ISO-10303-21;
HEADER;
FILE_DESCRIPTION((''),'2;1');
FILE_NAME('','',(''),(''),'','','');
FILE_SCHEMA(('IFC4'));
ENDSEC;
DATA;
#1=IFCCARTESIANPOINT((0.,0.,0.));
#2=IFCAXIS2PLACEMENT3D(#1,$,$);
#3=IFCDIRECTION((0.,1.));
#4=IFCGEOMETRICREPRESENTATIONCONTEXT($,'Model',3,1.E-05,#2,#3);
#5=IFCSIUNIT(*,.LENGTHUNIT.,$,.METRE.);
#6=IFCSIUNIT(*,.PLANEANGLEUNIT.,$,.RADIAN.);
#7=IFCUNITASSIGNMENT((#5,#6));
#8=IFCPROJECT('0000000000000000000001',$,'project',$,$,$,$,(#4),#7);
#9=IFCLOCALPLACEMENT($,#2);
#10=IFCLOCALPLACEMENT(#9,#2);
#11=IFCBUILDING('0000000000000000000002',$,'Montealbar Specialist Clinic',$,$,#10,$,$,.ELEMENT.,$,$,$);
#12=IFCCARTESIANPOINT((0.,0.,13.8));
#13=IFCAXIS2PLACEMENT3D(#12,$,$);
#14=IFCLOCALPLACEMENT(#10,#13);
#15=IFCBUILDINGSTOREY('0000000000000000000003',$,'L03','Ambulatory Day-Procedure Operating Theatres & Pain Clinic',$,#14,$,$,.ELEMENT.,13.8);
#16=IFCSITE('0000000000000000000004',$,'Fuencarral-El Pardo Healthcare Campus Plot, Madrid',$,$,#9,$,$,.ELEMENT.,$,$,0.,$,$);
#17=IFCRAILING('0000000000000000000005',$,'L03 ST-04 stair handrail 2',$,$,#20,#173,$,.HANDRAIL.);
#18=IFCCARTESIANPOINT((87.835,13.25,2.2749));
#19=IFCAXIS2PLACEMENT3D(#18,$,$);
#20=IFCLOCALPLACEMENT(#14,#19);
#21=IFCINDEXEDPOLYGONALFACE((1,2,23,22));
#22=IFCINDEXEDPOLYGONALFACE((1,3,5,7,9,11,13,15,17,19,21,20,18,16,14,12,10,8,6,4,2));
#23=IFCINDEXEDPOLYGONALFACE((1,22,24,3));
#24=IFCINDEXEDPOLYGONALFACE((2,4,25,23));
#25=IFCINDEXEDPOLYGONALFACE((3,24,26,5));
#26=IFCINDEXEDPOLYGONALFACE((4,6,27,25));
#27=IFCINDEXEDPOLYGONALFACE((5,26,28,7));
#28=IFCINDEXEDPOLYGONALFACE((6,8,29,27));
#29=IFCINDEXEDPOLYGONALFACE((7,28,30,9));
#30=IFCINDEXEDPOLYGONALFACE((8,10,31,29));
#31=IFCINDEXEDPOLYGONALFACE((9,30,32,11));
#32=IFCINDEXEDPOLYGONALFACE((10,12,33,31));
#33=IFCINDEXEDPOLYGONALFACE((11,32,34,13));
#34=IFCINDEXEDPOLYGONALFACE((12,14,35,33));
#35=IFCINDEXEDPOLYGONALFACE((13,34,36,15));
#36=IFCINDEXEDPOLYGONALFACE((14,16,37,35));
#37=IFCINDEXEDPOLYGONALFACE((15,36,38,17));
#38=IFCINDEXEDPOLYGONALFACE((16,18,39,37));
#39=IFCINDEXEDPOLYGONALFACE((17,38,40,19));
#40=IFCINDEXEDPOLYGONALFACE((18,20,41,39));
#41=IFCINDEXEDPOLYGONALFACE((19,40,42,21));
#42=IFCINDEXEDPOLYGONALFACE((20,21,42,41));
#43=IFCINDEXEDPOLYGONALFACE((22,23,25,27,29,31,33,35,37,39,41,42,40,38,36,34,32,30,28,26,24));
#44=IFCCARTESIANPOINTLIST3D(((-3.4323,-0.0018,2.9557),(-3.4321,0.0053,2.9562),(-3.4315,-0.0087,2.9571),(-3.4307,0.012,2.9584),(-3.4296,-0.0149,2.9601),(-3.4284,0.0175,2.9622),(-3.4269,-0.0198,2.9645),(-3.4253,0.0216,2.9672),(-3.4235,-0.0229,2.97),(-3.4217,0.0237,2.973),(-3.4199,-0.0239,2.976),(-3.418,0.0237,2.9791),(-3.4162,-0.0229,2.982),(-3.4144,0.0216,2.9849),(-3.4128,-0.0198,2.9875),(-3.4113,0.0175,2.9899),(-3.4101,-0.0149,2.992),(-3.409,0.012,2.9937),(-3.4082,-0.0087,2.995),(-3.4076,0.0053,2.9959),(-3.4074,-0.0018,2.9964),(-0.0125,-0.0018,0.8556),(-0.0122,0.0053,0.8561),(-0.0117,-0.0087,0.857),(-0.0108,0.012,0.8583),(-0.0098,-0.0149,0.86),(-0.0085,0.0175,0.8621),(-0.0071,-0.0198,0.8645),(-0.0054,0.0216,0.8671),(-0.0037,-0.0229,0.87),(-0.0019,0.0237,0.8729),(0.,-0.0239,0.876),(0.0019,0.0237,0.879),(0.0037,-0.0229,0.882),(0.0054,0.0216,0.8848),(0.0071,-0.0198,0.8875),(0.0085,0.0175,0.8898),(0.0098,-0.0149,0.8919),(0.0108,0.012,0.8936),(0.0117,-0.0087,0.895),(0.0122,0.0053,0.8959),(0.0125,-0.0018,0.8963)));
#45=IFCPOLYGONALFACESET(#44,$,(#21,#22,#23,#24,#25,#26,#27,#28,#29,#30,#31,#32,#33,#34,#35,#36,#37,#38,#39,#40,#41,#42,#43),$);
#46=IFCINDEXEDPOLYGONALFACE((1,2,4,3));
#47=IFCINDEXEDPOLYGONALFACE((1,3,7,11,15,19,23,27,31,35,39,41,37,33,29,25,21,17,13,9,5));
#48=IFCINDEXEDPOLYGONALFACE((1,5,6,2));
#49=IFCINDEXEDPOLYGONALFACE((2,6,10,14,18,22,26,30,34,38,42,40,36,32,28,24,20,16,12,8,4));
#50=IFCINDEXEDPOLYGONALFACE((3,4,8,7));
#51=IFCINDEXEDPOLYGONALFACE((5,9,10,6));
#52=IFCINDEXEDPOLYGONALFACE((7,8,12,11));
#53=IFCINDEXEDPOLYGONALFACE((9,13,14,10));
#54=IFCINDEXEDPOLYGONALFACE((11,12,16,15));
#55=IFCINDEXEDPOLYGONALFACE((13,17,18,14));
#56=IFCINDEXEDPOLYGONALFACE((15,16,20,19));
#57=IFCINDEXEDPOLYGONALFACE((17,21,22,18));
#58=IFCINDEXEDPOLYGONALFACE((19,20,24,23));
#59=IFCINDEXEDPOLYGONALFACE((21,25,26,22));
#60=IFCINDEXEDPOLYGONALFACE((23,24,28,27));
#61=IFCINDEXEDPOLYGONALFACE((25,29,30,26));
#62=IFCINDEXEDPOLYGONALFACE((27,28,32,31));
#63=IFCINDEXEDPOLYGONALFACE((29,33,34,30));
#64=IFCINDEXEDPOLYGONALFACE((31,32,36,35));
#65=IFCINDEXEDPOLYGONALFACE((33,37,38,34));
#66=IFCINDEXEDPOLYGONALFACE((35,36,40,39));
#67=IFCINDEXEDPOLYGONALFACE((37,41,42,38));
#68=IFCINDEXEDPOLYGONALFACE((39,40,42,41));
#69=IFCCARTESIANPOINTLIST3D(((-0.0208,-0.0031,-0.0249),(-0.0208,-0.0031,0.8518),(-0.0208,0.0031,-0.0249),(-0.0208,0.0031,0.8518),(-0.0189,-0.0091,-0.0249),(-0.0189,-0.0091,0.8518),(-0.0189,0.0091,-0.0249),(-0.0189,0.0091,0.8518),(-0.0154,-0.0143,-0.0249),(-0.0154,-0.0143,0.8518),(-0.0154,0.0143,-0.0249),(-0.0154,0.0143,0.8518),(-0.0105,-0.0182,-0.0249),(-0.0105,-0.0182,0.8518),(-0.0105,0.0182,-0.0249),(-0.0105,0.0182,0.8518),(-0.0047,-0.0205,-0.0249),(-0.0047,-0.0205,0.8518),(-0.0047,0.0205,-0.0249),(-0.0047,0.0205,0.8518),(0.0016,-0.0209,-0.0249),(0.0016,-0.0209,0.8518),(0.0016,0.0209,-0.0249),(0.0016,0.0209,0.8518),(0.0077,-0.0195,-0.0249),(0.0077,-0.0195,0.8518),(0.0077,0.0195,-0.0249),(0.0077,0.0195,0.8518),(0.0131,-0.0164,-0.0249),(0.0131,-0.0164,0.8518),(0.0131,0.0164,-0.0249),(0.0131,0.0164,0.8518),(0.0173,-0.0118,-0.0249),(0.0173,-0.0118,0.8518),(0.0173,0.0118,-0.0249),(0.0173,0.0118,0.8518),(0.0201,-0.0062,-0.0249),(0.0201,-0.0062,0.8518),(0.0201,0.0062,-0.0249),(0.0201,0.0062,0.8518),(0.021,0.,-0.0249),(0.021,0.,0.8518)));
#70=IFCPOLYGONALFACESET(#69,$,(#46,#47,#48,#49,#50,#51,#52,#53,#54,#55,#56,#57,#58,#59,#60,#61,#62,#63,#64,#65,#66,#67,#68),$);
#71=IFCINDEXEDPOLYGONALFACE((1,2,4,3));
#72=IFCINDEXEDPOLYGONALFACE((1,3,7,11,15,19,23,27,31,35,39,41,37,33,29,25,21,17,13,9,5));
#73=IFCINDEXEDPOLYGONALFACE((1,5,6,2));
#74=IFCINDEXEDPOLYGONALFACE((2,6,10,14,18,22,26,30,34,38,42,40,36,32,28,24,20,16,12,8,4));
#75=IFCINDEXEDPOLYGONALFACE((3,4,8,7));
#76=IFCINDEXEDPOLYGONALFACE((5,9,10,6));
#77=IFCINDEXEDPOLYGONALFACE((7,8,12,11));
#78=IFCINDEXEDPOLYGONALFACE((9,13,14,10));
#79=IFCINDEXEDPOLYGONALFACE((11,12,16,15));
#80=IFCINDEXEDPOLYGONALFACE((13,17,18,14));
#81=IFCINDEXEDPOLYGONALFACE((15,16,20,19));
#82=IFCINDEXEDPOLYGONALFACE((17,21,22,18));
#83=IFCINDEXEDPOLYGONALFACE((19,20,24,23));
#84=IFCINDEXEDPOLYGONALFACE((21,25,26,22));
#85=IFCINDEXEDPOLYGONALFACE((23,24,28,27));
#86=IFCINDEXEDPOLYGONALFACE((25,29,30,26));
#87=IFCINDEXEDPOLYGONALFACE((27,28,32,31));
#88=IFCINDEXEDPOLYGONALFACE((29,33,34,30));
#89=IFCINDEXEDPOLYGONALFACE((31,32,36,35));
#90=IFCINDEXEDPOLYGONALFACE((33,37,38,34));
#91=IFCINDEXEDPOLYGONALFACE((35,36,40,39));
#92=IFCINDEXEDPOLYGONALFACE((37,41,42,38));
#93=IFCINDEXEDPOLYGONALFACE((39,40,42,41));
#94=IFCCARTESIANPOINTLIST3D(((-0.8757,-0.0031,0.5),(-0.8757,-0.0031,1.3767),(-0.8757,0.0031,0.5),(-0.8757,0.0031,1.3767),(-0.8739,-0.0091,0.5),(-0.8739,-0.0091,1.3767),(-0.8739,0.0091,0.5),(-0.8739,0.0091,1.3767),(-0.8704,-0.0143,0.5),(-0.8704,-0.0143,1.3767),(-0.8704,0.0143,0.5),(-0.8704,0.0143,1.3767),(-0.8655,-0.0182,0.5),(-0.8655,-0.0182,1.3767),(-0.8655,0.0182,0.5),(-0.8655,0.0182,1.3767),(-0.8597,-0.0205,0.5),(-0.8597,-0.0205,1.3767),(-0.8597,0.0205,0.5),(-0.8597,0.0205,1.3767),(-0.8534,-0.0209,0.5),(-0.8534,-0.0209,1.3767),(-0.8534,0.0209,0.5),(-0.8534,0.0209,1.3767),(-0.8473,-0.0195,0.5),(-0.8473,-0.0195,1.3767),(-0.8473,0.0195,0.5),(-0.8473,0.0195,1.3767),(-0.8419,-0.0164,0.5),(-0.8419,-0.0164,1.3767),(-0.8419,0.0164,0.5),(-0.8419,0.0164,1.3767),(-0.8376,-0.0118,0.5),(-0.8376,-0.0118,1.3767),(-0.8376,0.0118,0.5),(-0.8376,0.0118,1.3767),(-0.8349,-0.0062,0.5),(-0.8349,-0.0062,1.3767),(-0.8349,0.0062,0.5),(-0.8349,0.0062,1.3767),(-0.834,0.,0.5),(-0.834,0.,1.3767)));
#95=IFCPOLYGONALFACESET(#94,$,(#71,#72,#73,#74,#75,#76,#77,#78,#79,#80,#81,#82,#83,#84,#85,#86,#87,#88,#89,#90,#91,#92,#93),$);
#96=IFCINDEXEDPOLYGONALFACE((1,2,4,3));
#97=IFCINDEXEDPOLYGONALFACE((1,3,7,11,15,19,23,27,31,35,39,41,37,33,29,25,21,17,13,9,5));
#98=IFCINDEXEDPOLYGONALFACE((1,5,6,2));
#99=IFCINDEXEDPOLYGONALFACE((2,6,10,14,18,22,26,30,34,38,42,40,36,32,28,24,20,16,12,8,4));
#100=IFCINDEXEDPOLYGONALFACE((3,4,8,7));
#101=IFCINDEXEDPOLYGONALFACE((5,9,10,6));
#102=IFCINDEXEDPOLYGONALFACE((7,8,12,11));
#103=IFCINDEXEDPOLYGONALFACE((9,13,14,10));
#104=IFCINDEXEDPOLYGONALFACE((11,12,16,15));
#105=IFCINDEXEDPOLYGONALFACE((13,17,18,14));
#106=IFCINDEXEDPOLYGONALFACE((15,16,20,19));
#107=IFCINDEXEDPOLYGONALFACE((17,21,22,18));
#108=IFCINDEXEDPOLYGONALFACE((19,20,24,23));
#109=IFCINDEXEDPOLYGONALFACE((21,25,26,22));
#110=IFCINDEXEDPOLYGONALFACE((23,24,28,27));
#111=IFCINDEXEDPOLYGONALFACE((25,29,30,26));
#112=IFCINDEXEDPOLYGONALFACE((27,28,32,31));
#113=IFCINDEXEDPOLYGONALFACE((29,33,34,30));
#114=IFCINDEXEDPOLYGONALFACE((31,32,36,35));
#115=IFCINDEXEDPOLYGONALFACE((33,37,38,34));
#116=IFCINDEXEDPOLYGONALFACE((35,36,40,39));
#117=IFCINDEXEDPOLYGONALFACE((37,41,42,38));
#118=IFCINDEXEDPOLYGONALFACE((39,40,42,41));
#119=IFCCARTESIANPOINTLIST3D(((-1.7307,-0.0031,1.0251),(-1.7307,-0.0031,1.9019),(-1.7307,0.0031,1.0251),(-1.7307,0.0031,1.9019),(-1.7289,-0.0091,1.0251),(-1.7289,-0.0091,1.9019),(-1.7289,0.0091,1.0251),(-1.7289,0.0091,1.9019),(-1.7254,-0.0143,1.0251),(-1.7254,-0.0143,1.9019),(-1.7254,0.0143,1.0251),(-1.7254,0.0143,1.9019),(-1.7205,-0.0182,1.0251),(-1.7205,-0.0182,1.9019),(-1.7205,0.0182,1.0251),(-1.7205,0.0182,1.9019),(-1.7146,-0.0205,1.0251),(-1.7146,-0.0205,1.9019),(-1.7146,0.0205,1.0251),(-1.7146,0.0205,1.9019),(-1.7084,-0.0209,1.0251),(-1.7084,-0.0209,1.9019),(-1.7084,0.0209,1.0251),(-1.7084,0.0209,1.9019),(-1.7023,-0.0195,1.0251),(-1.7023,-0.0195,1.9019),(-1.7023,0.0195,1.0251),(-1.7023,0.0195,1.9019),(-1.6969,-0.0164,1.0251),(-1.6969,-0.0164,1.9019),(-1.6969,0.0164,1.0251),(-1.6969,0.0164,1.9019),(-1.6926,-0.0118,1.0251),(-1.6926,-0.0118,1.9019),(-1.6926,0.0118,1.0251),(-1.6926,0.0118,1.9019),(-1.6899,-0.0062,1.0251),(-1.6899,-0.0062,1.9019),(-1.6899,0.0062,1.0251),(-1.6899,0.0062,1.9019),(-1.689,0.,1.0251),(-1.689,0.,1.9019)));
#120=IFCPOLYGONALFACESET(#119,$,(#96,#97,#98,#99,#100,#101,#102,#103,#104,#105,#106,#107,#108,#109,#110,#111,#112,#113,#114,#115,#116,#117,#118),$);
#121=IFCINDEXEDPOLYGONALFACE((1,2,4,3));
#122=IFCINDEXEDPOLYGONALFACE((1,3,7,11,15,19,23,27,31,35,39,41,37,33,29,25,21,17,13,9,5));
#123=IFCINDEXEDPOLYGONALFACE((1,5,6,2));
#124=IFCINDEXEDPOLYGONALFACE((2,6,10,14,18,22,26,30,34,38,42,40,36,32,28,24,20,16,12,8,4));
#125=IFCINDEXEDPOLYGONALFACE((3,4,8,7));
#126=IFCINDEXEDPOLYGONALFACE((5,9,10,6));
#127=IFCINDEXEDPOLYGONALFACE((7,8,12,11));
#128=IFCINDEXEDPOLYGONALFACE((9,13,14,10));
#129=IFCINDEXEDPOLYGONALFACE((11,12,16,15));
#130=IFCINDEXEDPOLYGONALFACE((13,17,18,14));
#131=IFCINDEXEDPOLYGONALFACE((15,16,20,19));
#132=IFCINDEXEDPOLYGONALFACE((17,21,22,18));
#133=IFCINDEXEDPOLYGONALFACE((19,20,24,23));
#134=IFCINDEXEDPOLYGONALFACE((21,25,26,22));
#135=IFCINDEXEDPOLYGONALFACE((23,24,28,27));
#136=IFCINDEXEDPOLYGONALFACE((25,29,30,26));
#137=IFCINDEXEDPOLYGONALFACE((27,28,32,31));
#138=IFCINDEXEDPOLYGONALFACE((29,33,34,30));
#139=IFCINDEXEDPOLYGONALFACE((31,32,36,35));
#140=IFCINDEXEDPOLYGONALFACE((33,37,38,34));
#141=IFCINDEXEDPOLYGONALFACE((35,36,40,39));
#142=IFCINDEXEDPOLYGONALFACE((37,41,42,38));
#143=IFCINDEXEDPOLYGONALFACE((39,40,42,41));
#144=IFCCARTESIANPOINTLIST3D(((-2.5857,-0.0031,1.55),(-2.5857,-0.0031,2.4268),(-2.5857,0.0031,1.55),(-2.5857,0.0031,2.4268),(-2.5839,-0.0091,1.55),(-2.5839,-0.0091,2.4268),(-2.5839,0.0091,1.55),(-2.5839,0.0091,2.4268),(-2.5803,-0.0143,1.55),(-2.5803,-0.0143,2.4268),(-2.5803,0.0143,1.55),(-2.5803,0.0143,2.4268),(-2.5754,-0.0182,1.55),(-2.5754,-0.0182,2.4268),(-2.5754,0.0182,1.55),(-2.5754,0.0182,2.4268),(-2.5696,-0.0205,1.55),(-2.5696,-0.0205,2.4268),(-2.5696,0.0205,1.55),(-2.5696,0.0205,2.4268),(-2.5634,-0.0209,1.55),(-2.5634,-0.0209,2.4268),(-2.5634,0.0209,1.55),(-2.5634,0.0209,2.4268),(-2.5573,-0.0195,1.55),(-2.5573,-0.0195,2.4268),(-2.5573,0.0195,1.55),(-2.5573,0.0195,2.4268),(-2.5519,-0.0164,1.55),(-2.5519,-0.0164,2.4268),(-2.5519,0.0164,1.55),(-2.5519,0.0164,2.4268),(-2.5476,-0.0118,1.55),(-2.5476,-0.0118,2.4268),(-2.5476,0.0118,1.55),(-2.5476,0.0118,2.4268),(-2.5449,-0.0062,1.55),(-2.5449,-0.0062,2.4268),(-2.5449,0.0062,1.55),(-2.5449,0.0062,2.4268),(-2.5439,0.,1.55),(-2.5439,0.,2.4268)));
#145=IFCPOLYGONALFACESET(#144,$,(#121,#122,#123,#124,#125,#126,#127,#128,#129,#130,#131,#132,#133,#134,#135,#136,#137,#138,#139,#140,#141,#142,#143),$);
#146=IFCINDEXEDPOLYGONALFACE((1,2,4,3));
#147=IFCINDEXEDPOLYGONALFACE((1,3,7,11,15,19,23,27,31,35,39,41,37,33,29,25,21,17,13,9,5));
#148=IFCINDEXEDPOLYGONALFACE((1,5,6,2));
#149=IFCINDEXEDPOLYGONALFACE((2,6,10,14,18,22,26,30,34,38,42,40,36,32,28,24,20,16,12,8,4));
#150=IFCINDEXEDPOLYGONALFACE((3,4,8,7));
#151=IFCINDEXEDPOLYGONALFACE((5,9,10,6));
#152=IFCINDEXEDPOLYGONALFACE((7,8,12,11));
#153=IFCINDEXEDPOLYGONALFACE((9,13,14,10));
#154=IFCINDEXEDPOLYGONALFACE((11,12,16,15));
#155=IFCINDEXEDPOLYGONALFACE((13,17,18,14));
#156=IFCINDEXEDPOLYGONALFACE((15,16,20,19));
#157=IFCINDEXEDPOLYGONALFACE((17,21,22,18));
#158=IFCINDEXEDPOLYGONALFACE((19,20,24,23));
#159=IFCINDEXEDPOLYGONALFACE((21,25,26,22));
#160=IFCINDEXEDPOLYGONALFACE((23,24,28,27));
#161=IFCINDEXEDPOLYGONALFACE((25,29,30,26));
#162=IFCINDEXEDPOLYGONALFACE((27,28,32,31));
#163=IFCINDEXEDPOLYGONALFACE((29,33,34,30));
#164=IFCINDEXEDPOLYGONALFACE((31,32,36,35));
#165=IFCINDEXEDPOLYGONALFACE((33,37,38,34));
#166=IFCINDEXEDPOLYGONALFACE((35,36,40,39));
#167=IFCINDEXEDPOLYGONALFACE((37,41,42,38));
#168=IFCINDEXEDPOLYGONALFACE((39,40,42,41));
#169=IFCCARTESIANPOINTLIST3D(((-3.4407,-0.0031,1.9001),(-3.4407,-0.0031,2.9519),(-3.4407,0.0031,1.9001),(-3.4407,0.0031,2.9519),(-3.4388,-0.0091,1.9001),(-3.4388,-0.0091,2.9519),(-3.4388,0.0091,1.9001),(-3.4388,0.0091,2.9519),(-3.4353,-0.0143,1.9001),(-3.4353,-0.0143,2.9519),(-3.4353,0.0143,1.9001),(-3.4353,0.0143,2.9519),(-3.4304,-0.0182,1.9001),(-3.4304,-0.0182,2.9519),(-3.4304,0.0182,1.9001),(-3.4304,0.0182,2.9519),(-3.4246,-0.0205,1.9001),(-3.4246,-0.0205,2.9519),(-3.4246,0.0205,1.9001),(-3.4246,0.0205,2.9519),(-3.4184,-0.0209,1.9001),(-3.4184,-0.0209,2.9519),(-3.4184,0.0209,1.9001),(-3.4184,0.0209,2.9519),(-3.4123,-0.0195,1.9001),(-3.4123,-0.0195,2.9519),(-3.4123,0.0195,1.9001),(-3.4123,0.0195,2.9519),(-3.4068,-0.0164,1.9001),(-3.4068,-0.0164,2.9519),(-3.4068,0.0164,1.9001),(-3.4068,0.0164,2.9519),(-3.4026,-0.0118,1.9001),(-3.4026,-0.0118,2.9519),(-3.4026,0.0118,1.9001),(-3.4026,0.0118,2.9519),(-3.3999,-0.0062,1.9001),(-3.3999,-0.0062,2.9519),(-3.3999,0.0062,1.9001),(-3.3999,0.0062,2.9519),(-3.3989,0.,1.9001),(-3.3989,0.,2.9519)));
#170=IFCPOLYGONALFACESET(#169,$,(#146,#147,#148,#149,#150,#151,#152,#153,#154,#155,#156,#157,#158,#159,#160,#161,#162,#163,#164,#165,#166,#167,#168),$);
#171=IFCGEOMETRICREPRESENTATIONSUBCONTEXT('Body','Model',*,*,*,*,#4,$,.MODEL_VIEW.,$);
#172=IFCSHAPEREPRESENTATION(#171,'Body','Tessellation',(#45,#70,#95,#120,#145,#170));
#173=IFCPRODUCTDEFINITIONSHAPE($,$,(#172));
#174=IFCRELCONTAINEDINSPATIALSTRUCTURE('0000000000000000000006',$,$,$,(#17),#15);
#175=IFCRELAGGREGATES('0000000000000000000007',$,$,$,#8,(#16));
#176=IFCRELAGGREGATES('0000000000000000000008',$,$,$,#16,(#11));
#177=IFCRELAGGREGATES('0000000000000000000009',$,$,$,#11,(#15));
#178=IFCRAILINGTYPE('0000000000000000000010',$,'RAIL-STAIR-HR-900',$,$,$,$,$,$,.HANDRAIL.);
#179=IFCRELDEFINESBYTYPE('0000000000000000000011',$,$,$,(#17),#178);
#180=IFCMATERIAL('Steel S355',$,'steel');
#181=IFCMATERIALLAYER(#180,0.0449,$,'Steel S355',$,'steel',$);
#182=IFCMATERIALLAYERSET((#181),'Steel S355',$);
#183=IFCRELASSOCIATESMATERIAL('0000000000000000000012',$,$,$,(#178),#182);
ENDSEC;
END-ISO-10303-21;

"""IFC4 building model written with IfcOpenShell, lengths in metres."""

from ifc_helpers import new_model, si_unit, direction, frame, origin, origin_2d, place, context, subcontext, project, spatial, circle, extrude, material, layer, layer_set, type_object, element, save


model = new_model("IFC4")

# Units and contexts
model_context = context("Model", 3, precision=1e-05, world=origin(), true_north=direction((0.0, 1.0)))
body_context = subcontext(model_context, "Body", "Model", "MODEL_VIEW")
ifc_project = project(units=[si_unit("LENGTHUNIT", "METRE"), si_unit("PLANEANGLEUNIT", "RADIAN")], contexts=[model_context])

# Site, building, storey
site_placement = place(None, origin())
site = spatial("IfcSite", under=ifc_project, at=site_placement, Name="Fuencarral-El Pardo Healthcare Campus Plot, Madrid", CompositionType="ELEMENT", RefElevation=0.0)
building_placement = place(site_placement, origin())
building = spatial("IfcBuilding", under=site, at=building_placement, Name="Montealbar Specialist Clinic", CompositionType="ELEMENT")
storey_placement = place(building_placement, frame((0.0, 0.0, 13.8)))
storey = spatial("IfcBuildingStorey", under=building, at=storey_placement, Name="L03", Description="Ambulatory Day-Procedure Operating Theatres & Pain Clinic", CompositionType="ELEMENT", Elevation=13.8)

# Shared definitions
ifc_material_1 = material(Name="Steel S355", Category="steel")

# Railing
ifc_layer_1 = layer(ifc_material_1, 0.0449, Name="Steel S355", Category="steel")
ifc_layer_set_1 = layer_set([ifc_layer_1], Name="Steel S355")
railing_type_1 = type_object("IfcRailingType", Name="RAIL-STAIR-HR-900", PredefinedType="HANDRAIL", material=ifc_layer_set_1)
railing_1_placement = place(storey_placement, frame((87.835, 13.25, 2.2749)))
element("IfcRailing", 1, at=railing_1_placement, inside=storey, type_object=railing_type_1, Name="L03 ST-04 stair handrail 2", PredefinedType="HANDRAIL", context=body_context, shape_type="SweptSolid", body=[
    extrude(circle(Radius=0.0239, at=origin_2d()), frame((0.0, 0.0, 0.876), z_axis=(-0.852155, 0.0, 0.523289), x_axis=(0.0, -1.0, 0.0)), (0.0, 0.0, 1.0), 4.0132),
    extrude(circle(Radius=0.021, at=origin_2d()), frame((0.0, 0.0, -0.0249)), (0.0, 0.0, 1.0), 0.8767),
    extrude(circle(Radius=0.021, at=origin_2d()), frame((-0.855, 0.0, 0.5)), (0.0, 0.0, 1.0), 0.8767),
    extrude(circle(Radius=0.021, at=origin_2d()), frame((-1.71, 0.0, 1.0251)), (0.0, 0.0, 1.0), 0.8767),
    extrude(circle(Radius=0.021, at=origin_2d()), frame((-2.5649, 0.0, 1.55)), (0.0, 0.0, 1.0), 0.8767),
    extrude(circle(Radius=0.021, at=origin_2d()), frame((-3.4199, 0.0, 1.9001)), (0.0, 0.0, 1.0), 1.0518),
])

save(model, "model.ifc")
